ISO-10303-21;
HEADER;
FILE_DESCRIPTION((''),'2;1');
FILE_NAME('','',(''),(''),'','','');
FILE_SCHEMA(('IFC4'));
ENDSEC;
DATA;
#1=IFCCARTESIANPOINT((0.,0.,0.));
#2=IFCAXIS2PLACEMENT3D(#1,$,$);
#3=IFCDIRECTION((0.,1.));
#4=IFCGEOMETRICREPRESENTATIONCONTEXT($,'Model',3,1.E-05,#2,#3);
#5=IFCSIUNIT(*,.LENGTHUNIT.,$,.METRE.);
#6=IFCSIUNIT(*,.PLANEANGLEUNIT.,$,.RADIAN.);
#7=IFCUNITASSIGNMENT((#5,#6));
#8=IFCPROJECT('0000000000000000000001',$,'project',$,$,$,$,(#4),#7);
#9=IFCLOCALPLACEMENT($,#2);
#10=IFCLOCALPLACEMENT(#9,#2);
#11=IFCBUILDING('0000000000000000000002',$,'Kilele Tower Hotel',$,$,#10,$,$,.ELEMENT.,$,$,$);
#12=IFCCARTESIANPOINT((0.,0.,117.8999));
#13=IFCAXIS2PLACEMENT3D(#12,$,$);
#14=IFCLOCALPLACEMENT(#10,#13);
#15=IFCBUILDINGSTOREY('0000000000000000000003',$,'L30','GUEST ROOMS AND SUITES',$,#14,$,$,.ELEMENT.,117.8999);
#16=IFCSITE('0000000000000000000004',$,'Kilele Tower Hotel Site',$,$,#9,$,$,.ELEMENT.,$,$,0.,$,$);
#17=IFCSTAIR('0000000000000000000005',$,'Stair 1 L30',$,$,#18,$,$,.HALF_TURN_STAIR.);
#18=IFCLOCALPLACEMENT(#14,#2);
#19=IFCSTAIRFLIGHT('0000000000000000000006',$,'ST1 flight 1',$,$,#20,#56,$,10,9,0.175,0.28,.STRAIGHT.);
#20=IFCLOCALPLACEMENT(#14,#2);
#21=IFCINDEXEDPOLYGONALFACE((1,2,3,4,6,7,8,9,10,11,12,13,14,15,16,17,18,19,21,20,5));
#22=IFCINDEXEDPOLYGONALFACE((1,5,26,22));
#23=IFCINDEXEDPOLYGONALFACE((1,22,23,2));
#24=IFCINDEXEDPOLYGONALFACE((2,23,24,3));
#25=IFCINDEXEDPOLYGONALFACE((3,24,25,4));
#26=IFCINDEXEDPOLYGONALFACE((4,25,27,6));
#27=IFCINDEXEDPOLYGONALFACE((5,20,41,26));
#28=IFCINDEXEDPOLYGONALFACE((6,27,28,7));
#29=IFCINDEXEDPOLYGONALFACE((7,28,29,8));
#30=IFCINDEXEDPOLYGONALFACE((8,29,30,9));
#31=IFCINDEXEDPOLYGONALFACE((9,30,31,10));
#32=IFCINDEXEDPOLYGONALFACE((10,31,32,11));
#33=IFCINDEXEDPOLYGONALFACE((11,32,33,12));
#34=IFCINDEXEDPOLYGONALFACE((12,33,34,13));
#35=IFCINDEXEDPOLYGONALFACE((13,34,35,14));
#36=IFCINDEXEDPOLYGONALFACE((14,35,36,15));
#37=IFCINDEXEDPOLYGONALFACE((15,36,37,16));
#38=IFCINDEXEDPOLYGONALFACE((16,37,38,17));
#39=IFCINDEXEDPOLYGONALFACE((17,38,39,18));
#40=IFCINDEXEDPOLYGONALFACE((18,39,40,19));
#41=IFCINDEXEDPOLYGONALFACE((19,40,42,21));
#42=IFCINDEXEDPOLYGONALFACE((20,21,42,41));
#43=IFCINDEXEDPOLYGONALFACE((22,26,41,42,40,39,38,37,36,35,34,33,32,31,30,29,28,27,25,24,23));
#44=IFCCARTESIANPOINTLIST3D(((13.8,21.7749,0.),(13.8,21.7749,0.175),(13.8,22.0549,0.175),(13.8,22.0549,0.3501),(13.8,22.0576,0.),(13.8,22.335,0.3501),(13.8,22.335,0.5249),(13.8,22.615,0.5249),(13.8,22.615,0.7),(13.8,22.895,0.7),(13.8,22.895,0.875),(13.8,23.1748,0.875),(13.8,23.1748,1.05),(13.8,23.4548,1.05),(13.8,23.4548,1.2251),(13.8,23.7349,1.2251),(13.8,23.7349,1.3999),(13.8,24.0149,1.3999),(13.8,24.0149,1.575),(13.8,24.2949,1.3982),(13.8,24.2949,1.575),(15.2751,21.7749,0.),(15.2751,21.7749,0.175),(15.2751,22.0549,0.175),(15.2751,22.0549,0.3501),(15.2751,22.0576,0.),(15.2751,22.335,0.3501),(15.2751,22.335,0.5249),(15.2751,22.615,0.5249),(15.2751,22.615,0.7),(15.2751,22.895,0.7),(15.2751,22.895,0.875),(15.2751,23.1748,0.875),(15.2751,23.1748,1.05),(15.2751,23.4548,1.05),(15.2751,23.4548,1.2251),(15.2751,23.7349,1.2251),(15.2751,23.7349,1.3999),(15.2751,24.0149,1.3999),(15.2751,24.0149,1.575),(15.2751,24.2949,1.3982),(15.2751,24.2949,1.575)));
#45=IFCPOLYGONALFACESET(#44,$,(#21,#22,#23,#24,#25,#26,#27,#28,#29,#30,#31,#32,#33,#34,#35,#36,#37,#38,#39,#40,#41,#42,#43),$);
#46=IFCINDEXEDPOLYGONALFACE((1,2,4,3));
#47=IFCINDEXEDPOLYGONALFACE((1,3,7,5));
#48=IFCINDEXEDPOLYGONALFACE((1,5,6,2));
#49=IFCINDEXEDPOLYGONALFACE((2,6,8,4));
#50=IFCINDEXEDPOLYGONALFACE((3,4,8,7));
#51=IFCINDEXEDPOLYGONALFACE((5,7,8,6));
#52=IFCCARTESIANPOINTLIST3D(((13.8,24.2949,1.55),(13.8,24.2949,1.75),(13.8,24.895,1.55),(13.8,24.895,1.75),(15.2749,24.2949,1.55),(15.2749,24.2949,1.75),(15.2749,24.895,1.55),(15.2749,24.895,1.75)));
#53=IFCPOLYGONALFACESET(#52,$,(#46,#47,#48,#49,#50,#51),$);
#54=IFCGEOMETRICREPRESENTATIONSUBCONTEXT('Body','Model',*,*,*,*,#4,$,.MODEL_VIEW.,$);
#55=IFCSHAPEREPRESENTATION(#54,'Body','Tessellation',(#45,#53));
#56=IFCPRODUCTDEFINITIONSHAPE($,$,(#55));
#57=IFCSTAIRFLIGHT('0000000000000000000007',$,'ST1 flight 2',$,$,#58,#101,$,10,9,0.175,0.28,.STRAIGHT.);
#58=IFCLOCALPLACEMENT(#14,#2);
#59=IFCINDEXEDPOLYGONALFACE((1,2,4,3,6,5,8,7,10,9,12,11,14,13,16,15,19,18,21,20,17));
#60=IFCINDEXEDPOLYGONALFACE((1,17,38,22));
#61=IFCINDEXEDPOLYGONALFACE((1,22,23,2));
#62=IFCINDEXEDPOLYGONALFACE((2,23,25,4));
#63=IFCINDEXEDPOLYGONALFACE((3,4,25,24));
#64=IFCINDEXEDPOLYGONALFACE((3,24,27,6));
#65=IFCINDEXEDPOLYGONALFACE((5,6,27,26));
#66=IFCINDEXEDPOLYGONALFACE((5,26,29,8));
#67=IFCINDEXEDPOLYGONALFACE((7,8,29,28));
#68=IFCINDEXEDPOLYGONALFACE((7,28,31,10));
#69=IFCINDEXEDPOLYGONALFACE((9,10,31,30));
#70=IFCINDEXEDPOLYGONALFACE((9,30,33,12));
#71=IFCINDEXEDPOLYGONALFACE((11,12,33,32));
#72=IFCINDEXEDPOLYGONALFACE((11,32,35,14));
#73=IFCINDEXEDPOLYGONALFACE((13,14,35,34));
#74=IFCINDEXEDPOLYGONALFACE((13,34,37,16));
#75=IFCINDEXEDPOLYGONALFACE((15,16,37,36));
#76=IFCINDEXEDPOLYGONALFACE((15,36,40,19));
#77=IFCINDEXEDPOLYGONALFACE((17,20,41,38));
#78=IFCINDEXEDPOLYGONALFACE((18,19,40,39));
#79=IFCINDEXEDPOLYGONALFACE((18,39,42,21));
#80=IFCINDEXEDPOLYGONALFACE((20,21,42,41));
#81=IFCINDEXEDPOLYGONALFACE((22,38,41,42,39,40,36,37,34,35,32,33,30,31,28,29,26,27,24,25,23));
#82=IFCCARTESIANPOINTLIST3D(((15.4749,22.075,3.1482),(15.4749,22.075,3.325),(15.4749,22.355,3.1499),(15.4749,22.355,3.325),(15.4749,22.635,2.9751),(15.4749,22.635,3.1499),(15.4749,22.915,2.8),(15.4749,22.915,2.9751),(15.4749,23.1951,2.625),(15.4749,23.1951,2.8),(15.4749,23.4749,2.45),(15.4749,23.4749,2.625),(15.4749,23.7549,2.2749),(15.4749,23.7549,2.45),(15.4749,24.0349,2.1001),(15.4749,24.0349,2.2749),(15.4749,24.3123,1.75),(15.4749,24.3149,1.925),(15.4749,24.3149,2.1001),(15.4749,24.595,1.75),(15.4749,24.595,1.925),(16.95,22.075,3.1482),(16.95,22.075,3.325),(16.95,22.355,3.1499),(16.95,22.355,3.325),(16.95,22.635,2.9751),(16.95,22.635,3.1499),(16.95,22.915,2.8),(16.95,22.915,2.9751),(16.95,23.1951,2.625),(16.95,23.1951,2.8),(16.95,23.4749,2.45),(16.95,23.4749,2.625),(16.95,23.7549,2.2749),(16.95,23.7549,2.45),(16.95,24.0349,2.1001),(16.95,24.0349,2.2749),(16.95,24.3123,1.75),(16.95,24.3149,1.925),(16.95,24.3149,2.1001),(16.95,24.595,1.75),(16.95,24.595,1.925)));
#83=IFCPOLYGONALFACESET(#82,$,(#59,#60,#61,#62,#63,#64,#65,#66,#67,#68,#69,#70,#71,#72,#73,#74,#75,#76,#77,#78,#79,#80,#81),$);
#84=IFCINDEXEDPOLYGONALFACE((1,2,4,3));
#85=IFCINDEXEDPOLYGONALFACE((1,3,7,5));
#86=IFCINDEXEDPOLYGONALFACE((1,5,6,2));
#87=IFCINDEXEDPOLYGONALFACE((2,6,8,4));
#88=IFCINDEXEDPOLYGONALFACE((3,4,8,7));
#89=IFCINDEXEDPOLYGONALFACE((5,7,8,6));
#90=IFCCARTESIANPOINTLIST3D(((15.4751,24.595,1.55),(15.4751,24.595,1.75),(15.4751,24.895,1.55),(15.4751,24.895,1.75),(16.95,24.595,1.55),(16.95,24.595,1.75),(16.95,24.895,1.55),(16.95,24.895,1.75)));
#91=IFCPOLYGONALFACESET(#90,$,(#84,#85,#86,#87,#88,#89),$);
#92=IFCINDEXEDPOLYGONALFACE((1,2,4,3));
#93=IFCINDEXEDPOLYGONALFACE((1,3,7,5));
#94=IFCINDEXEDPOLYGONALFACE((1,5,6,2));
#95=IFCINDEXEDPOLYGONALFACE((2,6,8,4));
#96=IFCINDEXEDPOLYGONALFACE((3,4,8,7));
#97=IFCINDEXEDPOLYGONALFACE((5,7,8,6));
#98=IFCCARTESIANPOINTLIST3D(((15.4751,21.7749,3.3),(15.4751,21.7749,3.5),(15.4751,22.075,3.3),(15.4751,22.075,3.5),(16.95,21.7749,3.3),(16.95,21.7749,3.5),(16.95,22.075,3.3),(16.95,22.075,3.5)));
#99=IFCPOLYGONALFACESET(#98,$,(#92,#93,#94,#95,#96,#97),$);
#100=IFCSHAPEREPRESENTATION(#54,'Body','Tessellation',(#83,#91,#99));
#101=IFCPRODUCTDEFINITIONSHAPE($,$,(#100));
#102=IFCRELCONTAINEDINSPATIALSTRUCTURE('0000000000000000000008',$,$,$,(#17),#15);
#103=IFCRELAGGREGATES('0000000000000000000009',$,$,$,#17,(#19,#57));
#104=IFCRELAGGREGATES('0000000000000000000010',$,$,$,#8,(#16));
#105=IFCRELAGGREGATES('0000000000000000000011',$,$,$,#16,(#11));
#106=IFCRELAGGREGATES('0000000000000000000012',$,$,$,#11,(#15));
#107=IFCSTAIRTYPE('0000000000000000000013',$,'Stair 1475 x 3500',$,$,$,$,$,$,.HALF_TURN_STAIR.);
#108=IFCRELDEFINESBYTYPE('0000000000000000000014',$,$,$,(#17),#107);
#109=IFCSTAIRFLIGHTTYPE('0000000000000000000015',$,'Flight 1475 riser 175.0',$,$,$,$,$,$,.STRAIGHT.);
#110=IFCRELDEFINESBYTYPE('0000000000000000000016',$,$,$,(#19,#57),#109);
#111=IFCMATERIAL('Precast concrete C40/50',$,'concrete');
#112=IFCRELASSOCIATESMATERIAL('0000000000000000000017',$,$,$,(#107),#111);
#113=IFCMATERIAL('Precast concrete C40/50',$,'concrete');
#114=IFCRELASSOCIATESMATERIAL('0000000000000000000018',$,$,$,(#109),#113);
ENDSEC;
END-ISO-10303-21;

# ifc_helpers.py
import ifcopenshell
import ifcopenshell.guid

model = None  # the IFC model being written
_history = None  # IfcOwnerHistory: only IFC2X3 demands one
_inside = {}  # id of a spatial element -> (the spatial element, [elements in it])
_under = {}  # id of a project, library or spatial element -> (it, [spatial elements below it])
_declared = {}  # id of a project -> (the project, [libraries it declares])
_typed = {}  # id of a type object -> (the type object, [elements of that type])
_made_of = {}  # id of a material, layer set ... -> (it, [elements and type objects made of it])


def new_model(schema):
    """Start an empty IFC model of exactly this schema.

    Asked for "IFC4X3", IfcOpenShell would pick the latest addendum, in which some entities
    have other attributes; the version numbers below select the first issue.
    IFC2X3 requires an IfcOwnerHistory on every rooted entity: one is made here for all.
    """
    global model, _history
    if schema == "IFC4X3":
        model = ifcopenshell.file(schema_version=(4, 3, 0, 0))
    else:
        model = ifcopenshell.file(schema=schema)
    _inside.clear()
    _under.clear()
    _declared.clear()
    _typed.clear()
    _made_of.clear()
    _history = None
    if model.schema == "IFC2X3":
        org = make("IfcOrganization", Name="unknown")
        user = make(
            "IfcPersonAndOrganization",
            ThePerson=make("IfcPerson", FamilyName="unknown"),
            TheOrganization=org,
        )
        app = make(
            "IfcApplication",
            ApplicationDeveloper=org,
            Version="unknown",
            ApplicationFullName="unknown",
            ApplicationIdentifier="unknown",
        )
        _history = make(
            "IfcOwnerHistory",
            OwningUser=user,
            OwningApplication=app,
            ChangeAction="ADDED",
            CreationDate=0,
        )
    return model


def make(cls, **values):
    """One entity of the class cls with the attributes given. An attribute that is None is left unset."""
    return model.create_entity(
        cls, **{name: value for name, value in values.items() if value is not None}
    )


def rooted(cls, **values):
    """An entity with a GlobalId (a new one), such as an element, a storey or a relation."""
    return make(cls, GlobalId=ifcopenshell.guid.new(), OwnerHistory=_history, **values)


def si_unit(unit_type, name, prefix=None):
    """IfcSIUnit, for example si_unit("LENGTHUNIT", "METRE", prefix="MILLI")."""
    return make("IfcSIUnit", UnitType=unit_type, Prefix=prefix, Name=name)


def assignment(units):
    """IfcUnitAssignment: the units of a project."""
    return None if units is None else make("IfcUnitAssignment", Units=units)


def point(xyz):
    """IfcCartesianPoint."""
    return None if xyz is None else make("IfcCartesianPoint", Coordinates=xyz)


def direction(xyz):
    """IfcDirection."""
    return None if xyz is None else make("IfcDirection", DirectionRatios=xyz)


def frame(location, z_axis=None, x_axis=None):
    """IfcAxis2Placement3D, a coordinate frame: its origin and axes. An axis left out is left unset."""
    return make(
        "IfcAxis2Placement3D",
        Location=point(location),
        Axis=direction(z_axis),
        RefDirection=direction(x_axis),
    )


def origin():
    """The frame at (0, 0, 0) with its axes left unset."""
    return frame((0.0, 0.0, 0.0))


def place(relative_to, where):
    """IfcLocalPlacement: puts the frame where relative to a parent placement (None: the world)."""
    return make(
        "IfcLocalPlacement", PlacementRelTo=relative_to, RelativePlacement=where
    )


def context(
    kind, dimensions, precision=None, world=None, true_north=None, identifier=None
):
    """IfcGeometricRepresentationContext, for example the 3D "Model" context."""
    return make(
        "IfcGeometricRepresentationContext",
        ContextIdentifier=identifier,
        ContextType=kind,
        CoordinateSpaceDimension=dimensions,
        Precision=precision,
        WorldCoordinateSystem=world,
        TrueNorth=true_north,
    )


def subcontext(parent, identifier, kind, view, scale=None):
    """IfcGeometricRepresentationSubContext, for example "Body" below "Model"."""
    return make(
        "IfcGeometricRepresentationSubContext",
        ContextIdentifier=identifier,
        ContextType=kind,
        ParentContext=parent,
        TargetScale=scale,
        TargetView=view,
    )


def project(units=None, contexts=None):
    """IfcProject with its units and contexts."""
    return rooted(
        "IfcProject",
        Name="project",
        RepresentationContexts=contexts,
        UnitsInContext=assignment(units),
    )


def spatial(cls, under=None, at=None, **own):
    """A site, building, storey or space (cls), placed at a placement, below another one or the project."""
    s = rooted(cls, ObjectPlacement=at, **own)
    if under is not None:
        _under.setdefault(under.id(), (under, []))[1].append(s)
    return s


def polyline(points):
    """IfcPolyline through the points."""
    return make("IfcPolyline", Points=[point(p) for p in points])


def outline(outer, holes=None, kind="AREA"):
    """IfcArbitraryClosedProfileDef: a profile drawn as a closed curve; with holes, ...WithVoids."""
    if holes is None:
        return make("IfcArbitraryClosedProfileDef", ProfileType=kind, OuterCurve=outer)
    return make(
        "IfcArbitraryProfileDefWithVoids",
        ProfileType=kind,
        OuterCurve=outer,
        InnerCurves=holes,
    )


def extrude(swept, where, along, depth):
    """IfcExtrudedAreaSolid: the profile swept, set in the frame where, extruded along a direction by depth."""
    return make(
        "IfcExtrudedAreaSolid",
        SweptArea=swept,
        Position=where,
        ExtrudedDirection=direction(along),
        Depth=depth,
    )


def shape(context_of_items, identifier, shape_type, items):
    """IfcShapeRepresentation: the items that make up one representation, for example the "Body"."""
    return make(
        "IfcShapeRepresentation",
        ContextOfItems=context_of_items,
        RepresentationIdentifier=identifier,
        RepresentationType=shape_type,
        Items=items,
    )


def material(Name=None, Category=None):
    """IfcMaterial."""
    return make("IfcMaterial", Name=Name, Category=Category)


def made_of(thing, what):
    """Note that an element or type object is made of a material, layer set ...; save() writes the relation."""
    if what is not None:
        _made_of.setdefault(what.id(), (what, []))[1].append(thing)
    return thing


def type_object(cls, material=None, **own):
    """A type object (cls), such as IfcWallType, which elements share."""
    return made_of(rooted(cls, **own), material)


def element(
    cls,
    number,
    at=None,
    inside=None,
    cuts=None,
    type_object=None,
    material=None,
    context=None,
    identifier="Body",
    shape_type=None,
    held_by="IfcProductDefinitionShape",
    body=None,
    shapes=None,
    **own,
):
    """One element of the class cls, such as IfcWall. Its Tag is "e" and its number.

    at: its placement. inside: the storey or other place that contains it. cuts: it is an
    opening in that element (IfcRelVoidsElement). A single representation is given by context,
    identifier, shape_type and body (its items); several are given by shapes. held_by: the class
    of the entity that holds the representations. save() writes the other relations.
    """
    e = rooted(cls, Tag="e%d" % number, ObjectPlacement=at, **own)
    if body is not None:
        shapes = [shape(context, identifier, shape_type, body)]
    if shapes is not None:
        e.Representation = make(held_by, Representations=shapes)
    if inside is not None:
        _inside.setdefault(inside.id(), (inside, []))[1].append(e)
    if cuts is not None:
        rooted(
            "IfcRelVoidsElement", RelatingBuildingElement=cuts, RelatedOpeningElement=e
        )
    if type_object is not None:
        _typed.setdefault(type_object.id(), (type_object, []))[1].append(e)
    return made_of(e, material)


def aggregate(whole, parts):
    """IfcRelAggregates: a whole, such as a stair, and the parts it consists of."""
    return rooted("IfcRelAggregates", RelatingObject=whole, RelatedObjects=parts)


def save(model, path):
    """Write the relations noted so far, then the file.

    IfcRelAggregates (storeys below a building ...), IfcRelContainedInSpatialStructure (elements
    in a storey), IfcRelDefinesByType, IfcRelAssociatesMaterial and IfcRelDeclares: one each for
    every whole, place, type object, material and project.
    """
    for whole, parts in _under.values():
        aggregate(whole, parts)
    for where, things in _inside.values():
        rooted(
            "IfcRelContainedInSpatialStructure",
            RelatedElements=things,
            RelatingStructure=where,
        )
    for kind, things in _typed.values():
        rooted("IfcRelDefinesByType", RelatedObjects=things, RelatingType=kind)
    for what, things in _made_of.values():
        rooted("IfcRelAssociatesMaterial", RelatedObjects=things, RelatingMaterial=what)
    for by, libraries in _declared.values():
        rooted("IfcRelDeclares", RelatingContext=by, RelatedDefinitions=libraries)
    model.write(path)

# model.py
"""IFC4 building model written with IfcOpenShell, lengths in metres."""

from ifc_helpers import new_model, si_unit, direction, frame, origin, place, context, subcontext, project, spatial, polyline, outline, extrude, material, type_object, element, aggregate, save


model = new_model("IFC4")

# Units and contexts
model_context = context("Model", 3, precision=1e-05, world=origin(), true_north=direction((0.0, 1.0)))
body_context = subcontext(model_context, "Body", "Model", "MODEL_VIEW")
ifc_project = project(units=[si_unit("LENGTHUNIT", "METRE"), si_unit("PLANEANGLEUNIT", "RADIAN")], contexts=[model_context])

# Site, building, storey
site_placement = place(None, origin())
site = spatial("IfcSite", under=ifc_project, at=site_placement, Name="Kilele Tower Hotel Site", CompositionType="ELEMENT", RefElevation=0.0)
building_placement = place(site_placement, origin())
building = spatial("IfcBuilding", under=site, at=building_placement, Name="Kilele Tower Hotel", CompositionType="ELEMENT")
storey_placement = place(building_placement, frame((0.0, 0.0, 117.8999)))
storey = spatial("IfcBuildingStorey", under=building, at=storey_placement, Name="L30", Description="GUEST ROOMS AND SUITES", CompositionType="ELEMENT", Elevation=117.8999)

# Stair, stair flights
ifc_material_1 = material(Name="Precast concrete C40/50", Category="concrete")
stair_type = type_object("IfcStairType", Name="Stair 1475 x 3500", PredefinedType="HALF_TURN_STAIR", material=ifc_material_1)
stair_placement = place(storey_placement, origin())
stair = element("IfcStair", 1, at=stair_placement, inside=storey, type_object=stair_type, Name="Stair 1 L30", PredefinedType="HALF_TURN_STAIR")
ifc_material_2 = material(Name="Precast concrete C40/50", Category="concrete")
stair_flight_type = type_object("IfcStairFlightType", Name="Flight 1475 riser 175.0", PredefinedType="STRAIGHT", material=ifc_material_2)
stair_flight_1_placement = place(storey_placement, frame((14.5376, 21.7749, 0.0), z_axis=(0.0, 0.0, 1.0), x_axis=(0.0, 1.0, 0.0)))
stair_flight_1 = element("IfcStairFlight", 2, at=stair_flight_1_placement, type_object=stair_flight_type, Name="ST1 flight 1", NumberOfRisers=10, NumberOfTreads=9, PredefinedType="STRAIGHT", RiserHeight=0.175, TreadLength=0.28, context=body_context, shape_type="SweptSolid", body=[
    extrude(outline(polyline([(0.0, 0.0), (0.0, 0.175), (0.28, 0.175), (0.28, 0.3501), (0.5601, 0.3501), (0.5601, 0.5249), (0.8401, 0.5249), (0.8401, 0.7), (1.1201, 0.7), (1.1201, 0.875), (1.3999, 0.875), (1.3999, 1.05), (1.6799, 1.05), (1.6799, 1.2251), (1.96, 1.2251), (1.96, 1.3999), (2.24, 1.3999), (2.24, 1.575), (2.52, 1.575), (2.52, 1.75), (2.52, 1.3982), (0.2827, 0.0), (0.0, 0.0)])), frame((0.0, 0.7375, 0.0), z_axis=(0.0, -1.0, 0.0), x_axis=(1.0, 0.0, 0.0)), (0.0, 0.0, 1.0), 1.4751),
    extrude(outline(polyline([(2.52, 0.7375), (2.52, -0.7373), (3.1201, -0.7373), (3.1201, 0.7375), (2.52, 0.7375)])), frame((0.0, 0.0, 1.55)), (0.0, 0.0, 1.0), 0.2),
])
stair_flight_2_placement = place(storey_placement, frame((16.2124, 24.595, 1.75), z_axis=(0.0, 0.0, 1.0), x_axis=(0.0, -1.0, 0.0)))
stair_flight_2 = element("IfcStairFlight", 3, at=stair_flight_2_placement, type_object=stair_flight_type, Name="ST1 flight 2", NumberOfRisers=10, NumberOfTreads=9, PredefinedType="STRAIGHT", RiserHeight=0.175, TreadLength=0.28, context=body_context, shape_type="SweptSolid", body=[
    extrude(outline(polyline([(0.0, 0.0), (0.0, 0.175), (0.28, 0.175), (0.28, 0.3501), (0.5601, 0.3501), (0.5601, 0.5249), (0.8401, 0.5249), (0.8401, 0.7), (1.1201, 0.7), (1.1201, 0.875), (1.3999, 0.875), (1.3999, 1.05), (1.6799, 1.05), (1.6799, 1.2251), (1.96, 1.2251), (1.96, 1.3999), (2.24, 1.3999), (2.24, 1.575), (2.52, 1.575), (2.52, 1.75), (2.52, 1.3982), (0.2827, 0.0), (0.0, 0.0)])), frame((0.0, 0.7375, 0.0), z_axis=(0.0, -1.0, 0.0), x_axis=(1.0, 0.0, 0.0)), (0.0, 0.0, 1.0), 1.4751),
    extrude(outline(polyline([(0.0, -0.7373), (0.0, 0.7375), (-0.3, 0.7375), (-0.3, -0.7373), (0.0, -0.7373)])), frame((0.0, 0.0, -0.2)), (0.0, 0.0, 1.0), 0.2),
    extrude(outline(polyline([(2.8201, -0.7373), (2.8201, 0.7375), (2.52, 0.7375), (2.52, -0.7373), (2.8201, -0.7373)])), frame((0.0, 0.0, 1.55)), (0.0, 0.0, 1.0), 0.2),
])
aggregate(stair, [stair_flight_1, stair_flight_2])

save(model, "model.ifc")
